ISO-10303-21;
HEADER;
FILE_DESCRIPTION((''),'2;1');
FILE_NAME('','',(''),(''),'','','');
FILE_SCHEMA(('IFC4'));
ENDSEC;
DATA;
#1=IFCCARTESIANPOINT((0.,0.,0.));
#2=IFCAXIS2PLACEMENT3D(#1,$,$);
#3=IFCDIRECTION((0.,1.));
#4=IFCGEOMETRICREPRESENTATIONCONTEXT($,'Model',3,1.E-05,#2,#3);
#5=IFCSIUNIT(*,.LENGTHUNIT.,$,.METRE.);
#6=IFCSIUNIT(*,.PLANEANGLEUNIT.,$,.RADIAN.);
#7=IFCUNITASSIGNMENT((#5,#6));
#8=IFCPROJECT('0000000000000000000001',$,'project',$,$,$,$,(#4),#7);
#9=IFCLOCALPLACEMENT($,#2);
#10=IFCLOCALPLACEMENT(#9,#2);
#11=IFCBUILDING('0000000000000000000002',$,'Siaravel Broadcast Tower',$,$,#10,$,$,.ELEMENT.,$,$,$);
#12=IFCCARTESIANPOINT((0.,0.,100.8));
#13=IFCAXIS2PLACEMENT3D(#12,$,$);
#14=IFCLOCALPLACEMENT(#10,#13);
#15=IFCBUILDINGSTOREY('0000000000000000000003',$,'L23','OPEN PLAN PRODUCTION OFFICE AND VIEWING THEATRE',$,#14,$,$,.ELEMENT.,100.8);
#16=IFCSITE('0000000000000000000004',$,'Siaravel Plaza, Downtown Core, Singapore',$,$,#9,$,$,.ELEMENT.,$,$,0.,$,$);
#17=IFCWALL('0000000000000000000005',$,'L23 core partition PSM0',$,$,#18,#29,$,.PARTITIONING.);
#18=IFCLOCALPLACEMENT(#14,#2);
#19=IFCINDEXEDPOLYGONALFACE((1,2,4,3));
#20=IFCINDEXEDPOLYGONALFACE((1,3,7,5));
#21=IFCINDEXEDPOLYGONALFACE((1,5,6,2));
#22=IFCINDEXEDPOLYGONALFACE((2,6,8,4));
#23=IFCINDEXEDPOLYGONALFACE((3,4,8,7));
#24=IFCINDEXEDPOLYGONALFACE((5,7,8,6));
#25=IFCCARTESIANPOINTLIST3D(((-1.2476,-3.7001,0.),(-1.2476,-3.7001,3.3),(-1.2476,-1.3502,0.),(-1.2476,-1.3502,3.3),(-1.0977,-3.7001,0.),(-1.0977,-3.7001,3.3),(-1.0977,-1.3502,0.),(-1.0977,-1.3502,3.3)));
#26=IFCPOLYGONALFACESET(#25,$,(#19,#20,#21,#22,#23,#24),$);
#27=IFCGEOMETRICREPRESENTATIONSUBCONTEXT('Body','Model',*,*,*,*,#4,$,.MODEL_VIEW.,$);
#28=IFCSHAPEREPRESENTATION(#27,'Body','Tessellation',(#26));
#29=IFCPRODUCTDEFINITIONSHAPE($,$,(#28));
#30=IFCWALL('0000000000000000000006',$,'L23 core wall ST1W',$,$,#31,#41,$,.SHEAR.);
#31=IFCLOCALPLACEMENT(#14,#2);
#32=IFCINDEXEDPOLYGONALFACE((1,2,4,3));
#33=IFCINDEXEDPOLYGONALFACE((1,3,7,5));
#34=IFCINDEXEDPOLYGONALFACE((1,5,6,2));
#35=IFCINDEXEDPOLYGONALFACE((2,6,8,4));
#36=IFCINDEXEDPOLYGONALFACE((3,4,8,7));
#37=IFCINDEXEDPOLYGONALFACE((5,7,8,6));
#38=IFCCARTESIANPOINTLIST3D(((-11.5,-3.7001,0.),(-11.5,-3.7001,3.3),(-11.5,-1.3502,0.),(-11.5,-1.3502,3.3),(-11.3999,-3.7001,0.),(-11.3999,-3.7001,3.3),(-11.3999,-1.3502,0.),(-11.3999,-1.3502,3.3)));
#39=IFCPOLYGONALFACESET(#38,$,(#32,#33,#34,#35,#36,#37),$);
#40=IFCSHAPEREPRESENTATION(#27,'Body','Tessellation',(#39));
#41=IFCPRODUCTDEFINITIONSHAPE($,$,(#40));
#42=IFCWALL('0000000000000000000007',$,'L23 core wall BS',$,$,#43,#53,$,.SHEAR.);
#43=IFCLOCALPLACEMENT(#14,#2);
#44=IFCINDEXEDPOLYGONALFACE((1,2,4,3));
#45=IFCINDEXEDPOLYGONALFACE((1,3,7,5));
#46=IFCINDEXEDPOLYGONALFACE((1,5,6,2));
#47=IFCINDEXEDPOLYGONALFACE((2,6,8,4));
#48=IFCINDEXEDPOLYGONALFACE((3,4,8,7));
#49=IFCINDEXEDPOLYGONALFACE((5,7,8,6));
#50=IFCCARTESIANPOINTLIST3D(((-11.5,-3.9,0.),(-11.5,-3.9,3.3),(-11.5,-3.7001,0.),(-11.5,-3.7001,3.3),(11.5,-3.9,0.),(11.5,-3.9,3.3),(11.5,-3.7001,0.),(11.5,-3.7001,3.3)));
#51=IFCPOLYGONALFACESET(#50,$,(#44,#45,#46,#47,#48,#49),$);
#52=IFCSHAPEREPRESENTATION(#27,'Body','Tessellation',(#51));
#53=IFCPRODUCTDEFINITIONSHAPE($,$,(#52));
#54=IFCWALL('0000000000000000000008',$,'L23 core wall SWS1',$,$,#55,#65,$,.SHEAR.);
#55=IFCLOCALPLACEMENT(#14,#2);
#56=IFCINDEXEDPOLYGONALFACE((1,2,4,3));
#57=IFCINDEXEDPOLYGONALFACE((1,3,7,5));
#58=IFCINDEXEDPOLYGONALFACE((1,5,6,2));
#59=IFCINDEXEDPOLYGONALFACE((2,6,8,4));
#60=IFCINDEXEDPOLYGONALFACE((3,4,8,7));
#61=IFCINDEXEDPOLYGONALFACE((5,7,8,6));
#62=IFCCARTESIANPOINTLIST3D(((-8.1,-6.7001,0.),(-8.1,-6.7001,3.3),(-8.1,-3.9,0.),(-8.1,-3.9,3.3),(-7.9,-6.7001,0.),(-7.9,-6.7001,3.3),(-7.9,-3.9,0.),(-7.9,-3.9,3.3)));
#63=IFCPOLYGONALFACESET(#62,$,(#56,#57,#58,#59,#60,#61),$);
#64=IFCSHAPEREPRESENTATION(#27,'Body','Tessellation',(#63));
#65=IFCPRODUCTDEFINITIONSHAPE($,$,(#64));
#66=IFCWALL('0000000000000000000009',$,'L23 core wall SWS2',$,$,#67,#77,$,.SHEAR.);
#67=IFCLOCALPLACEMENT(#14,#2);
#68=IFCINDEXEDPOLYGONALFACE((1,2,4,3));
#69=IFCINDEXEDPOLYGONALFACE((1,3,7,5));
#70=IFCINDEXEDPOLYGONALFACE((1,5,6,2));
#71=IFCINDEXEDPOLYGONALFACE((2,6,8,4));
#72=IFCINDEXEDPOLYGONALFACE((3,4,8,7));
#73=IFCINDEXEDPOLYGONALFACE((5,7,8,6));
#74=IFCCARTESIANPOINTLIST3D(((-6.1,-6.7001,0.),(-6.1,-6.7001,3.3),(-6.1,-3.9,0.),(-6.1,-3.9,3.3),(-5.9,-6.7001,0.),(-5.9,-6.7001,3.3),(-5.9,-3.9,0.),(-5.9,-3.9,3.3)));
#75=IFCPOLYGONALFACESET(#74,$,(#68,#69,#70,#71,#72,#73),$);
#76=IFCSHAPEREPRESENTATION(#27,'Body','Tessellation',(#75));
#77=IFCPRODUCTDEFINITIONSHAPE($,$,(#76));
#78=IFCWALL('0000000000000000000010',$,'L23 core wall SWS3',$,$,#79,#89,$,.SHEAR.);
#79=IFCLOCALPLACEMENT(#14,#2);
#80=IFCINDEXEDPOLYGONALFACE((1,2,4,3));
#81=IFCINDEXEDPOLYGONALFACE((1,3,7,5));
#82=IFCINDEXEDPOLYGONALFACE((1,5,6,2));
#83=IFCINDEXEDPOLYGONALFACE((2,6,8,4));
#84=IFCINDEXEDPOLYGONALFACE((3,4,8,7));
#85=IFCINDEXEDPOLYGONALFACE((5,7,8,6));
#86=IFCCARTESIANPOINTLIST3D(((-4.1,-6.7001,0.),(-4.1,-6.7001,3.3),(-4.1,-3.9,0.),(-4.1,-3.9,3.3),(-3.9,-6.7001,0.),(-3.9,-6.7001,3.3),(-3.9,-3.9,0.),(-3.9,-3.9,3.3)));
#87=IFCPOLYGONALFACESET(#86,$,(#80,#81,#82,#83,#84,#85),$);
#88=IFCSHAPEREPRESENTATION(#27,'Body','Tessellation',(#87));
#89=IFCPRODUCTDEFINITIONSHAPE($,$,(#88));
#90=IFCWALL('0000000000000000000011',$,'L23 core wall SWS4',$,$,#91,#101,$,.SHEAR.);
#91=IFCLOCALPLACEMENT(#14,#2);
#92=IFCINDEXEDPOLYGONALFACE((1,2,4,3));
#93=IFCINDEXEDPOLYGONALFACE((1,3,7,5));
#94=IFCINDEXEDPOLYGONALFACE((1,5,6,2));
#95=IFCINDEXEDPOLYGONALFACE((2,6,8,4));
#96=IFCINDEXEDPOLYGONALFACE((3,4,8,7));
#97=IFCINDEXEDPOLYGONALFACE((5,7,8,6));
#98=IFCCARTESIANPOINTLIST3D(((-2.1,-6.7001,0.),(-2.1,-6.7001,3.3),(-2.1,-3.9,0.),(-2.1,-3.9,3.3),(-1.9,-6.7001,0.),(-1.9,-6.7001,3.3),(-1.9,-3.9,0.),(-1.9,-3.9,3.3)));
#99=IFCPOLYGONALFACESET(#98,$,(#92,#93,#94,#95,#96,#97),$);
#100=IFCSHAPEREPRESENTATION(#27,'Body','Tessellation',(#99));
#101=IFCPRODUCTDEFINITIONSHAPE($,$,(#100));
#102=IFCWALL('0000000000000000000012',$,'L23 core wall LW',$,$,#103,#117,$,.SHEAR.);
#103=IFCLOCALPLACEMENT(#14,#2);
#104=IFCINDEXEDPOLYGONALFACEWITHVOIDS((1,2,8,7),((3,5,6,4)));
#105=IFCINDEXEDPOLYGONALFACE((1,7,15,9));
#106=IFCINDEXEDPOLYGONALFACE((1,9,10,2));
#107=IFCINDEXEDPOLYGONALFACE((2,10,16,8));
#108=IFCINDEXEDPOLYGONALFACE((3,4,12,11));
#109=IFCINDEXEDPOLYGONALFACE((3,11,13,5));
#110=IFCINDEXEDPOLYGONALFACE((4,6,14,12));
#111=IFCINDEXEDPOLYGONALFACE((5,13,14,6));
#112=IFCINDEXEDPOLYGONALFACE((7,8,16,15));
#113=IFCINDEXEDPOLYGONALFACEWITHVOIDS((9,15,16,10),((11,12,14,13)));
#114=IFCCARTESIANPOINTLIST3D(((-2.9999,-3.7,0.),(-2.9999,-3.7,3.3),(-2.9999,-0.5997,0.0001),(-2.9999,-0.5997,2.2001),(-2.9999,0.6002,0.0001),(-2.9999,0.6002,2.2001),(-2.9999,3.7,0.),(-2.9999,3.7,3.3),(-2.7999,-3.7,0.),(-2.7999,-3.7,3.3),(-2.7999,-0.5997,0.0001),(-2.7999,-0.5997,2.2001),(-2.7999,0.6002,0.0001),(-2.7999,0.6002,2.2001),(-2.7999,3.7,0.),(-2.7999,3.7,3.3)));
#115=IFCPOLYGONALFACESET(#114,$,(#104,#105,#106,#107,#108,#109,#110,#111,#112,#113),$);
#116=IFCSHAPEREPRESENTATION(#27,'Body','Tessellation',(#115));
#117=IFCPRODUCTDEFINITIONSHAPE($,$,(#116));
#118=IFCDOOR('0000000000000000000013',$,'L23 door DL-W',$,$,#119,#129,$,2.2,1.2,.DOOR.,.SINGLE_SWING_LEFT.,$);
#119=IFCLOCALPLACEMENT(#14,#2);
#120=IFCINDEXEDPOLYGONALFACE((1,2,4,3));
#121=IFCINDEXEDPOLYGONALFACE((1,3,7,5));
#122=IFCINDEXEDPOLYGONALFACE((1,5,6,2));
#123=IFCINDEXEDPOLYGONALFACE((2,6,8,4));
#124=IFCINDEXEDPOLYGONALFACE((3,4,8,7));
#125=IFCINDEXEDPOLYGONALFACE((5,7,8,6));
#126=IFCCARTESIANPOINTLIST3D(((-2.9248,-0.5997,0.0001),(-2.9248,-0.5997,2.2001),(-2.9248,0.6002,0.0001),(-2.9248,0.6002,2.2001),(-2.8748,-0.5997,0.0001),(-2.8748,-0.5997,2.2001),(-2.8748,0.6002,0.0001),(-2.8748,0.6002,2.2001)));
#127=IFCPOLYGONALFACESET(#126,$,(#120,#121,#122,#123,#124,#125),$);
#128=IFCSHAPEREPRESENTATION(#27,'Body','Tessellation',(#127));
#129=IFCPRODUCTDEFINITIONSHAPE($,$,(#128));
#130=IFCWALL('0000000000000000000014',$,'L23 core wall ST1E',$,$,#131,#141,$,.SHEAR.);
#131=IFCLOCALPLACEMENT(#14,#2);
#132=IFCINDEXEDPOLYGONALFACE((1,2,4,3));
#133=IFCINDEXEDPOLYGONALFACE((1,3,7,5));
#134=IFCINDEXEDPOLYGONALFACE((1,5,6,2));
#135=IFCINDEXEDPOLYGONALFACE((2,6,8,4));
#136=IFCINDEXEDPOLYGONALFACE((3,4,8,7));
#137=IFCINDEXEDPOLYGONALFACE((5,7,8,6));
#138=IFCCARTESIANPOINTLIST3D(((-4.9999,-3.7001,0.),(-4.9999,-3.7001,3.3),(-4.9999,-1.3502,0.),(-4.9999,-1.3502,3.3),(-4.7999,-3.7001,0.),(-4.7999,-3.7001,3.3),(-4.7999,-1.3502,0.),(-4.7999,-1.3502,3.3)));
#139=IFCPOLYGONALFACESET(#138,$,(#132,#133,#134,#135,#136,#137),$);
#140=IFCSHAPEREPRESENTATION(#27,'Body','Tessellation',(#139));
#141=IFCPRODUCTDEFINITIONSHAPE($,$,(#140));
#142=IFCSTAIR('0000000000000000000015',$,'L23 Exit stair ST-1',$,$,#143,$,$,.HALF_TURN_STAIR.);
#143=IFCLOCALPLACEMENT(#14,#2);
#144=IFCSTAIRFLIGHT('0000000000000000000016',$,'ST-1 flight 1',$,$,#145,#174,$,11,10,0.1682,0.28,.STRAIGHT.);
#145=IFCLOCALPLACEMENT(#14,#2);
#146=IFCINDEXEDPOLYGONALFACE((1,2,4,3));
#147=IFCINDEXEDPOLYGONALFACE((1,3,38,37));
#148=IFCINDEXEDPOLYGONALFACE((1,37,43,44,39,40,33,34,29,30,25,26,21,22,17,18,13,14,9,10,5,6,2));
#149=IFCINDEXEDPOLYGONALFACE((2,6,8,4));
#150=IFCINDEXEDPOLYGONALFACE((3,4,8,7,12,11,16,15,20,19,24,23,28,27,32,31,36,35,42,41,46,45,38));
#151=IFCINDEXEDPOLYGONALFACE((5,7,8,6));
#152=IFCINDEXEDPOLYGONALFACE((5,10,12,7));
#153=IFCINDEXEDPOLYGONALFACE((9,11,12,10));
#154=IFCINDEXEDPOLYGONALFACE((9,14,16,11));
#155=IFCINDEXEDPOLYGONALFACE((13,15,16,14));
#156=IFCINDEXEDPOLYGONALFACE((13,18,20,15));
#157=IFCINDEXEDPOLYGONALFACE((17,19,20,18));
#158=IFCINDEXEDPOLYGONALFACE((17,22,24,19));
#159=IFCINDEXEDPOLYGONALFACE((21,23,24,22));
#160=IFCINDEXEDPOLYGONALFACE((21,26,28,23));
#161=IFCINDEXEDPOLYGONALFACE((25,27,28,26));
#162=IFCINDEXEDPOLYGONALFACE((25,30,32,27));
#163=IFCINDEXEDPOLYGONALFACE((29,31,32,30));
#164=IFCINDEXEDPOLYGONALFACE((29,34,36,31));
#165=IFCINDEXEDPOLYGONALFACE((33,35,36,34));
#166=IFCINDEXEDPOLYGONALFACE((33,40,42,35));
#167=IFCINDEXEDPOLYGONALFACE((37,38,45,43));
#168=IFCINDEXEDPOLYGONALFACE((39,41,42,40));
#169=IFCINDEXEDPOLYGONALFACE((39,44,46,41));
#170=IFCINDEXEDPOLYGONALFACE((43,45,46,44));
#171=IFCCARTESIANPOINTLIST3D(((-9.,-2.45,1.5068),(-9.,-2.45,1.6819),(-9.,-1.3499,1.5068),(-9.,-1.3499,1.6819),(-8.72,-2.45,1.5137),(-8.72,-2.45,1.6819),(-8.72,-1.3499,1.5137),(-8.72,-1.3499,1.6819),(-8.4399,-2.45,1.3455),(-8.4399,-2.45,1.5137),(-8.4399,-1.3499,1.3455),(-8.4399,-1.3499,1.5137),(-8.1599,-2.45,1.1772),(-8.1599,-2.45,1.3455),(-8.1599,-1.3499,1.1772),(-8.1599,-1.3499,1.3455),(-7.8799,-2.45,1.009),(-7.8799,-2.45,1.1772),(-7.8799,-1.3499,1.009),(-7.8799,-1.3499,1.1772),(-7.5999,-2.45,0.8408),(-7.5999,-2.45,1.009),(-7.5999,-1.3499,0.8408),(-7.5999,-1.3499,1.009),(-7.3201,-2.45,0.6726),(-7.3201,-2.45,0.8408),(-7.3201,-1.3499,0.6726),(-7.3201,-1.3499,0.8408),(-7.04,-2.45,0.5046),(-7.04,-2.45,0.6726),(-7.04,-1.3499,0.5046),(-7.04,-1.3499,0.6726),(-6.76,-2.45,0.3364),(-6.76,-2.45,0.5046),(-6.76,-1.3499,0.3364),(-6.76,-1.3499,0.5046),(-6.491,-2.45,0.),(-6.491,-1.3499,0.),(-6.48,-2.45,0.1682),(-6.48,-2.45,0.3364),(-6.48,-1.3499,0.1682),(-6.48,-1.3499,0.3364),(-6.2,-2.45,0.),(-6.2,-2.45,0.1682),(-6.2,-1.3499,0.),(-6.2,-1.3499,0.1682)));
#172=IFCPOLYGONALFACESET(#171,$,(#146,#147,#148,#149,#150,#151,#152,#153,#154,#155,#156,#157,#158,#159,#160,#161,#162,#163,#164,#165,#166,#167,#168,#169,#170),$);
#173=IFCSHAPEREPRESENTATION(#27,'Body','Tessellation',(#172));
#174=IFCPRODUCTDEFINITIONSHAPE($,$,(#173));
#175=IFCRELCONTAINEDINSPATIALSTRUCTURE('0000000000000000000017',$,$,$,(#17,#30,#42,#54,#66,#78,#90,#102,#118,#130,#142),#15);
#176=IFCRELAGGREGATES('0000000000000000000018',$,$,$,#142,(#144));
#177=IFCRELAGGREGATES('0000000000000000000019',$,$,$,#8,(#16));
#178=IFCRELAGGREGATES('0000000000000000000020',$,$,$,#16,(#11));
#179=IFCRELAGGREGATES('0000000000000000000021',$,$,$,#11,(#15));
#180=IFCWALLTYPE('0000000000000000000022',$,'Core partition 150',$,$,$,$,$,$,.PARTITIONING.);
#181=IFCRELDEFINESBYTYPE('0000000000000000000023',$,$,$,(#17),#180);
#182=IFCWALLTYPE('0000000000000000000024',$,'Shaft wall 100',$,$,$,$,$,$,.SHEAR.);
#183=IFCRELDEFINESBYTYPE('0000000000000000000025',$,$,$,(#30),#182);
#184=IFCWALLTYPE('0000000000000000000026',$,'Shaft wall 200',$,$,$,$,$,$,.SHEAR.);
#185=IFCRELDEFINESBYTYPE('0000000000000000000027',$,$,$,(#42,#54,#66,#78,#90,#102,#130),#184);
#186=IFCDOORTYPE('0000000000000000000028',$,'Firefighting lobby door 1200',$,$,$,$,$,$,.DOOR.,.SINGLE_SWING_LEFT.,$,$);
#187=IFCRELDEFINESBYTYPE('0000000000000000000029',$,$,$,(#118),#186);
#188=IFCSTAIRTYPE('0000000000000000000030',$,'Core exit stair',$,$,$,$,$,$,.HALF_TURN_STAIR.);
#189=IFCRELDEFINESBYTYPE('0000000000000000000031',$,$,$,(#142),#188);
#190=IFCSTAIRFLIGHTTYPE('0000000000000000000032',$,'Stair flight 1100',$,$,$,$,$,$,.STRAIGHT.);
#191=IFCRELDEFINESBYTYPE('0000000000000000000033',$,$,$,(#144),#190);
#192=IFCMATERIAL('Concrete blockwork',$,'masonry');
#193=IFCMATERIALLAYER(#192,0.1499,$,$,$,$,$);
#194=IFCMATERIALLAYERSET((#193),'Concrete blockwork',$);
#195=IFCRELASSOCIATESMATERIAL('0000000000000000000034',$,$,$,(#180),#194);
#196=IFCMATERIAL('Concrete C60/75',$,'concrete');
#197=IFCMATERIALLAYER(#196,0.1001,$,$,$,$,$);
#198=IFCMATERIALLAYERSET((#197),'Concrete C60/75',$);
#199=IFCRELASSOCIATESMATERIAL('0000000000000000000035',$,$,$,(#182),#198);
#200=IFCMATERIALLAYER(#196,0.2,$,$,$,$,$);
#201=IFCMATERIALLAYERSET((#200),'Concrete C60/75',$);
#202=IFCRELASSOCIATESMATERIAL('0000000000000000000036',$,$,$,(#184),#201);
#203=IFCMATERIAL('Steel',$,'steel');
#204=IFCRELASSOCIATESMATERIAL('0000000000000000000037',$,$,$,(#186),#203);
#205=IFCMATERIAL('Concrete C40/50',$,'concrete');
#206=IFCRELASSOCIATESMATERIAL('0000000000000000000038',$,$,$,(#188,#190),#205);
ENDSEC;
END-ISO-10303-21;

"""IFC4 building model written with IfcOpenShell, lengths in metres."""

from ifc_helpers import new_model, si_unit, direction, frame, frame_2d, origin, place, context, subcontext, project, spatial, polyline, rectangle, outline, extrude, material, layer, layer_set, type_object, element, fill, aggregate, save


model = new_model("IFC4")

# Units and contexts
model_context = context("Model", 3, precision=1e-05, world=origin(), true_north=direction((0.0, 1.0)))
body_context = subcontext(model_context, "Body", "Model", "MODEL_VIEW")
ifc_project = project(units=[si_unit("LENGTHUNIT", "METRE"), si_unit("PLANEANGLEUNIT", "RADIAN")], contexts=[model_context])

# Site, building, storey
site_placement = place(None, origin())
site = spatial("IfcSite", under=ifc_project, at=site_placement, Name="Siaravel Plaza, Downtown Core, Singapore", CompositionType="ELEMENT", RefElevation=0.0)
building_placement = place(site_placement, origin())
building = spatial("IfcBuilding", under=site, at=building_placement, Name="Siaravel Broadcast Tower", CompositionType="ELEMENT")
storey_placement = place(building_placement, frame((0.0, 0.0, 100.8)))
storey = spatial("IfcBuildingStorey", under=building, at=storey_placement, Name="L23", Description="OPEN PLAN PRODUCTION OFFICE AND VIEWING THEATRE", CompositionType="ELEMENT", Elevation=100.8)

# Walls
ifc_material_1 = material(Name="Concrete blockwork", Category="masonry")
ifc_layer_1 = layer(ifc_material_1, 0.1499)
ifc_layer_set_1 = layer_set([ifc_layer_1], Name="Concrete blockwork")
wall_type_1 = type_object("IfcWallType", Name="Core partition 150", PredefinedType="PARTITIONING", material=ifc_layer_set_1)
wall_1_placement = place(storey_placement, frame((-1.1726, -3.7, 0.0), z_axis=(0.0, 0.0, 1.0), x_axis=(0.0, 1.0, 0.0)))
element("IfcWall", 1, at=wall_1_placement, inside=storey, type_object=wall_type_1, Name="L23 core partition PSM0", PredefinedType="PARTITIONING", context=body_context, shape_type="SweptSolid", body=[
    extrude(rectangle(XDim=2.3499, YDim=0.1499, at=frame_2d((1.1748, 0.0))), origin(), (0.0, 0.0, 1.0), 3.3),
])
ifc_material_2 = material(Name="Concrete C60/75", Category="concrete")
ifc_layer_2 = layer(ifc_material_2, 0.1001)
ifc_layer_set_2 = layer_set([ifc_layer_2], Name="Concrete C60/75")
wall_type_2 = type_object("IfcWallType", Name="Shaft wall 100", PredefinedType="SHEAR", material=ifc_layer_set_2)
wall_2_placement = place(storey_placement, frame((-11.45, -3.7, 0.0), z_axis=(0.0, 0.0, 1.0), x_axis=(0.0, 1.0, 0.0)))
element("IfcWall", 2, at=wall_2_placement, inside=storey, type_object=wall_type_2, Name="L23 core wall ST1W", PredefinedType="SHEAR", context=body_context, shape_type="SweptSolid", body=[
    extrude(rectangle(XDim=2.3499, YDim=0.1001, at=frame_2d((1.1748, 0.0))), origin(), (0.0, 0.0, 1.0), 3.3),
])
ifc_layer_3 = layer(ifc_material_2, 0.2)
ifc_layer_set_3 = layer_set([ifc_layer_3], Name="Concrete C60/75")
wall_type_3 = type_object("IfcWallType", Name="Shaft wall 200", PredefinedType="SHEAR", material=ifc_layer_set_3)
wall_3_placement = place(storey_placement, frame((-11.5, -3.8, 0.0), z_axis=(0.0, 0.0, 1.0), x_axis=(1.0, 0.0, 0.0)))
element("IfcWall", 3, at=wall_3_placement, inside=storey, type_object=wall_type_3, Name="L23 core wall BS", PredefinedType="SHEAR", context=body_context, shape_type="SweptSolid", body=[
    extrude(rectangle(XDim=23.0, YDim=0.2, at=frame_2d((11.5, 0.0))), origin(), (0.0, 0.0, 1.0), 3.3),
])
for number, where, z_axis, x_axis, name in (
    (4, (-8.0, -6.7, 0.0), (0.0, 0.0, 1.0), (0.0, 1.0, 0.0), "L23 core wall SWS1"),
    (5, (-6.0, -6.7, 0.0), (0.0, 0.0, 1.0), (0.0, 1.0, 0.0), "L23 core wall SWS2"),
    (6, (-4.0, -6.7, 0.0), (0.0, 0.0, 1.0), (0.0, 1.0, 0.0), "L23 core wall SWS3"),
    (7, (-2.0, -6.7, 0.0), (0.0, 0.0, 1.0), (0.0, 1.0, 0.0), "L23 core wall SWS4"),
):
    element("IfcWall", number, at=place(storey_placement, frame(where, z_axis=z_axis, x_axis=x_axis)), inside=storey, type_object=wall_type_3, Name=name, PredefinedType="SHEAR", context=body_context, shape_type="SweptSolid", body=[
        extrude(rectangle(XDim=2.8, YDim=0.2, at=frame_2d((1.3999, 0.0))), origin(), (0.0, 0.0, 1.0), 3.3),
    ])

# Wall, opening, door
wall_4_placement = place(storey_placement, frame((-2.8999, -3.7, 0.0), z_axis=(0.0, 0.0, 1.0), x_axis=(0.0, 1.0, 0.0)))
wall_4 = element("IfcWall", 8, at=wall_4_placement, inside=storey, type_object=wall_type_3, Name="L23 core wall LW", PredefinedType="SHEAR", context=body_context, shape_type="SweptSolid", body=[
    extrude(rectangle(XDim=7.3999, YDim=0.2, at=frame_2d((3.7, 0.0))), origin(), (0.0, 0.0, 1.0), 3.3),
])
opening_placement = place(wall_4_placement, frame((3.1001, 0.0, 0.0)))
opening = element("IfcOpeningElement", 9, at=opening_placement, cuts=wall_4, PredefinedType="OPENING", context=body_context, shape_type="SweptSolid", body=[
    extrude(rectangle(XDim=1.2, YDim=2.2, at=frame_2d((0.6001, 1.1001))), frame((0.0, 0.1099, 0.0), z_axis=(0.0, -1.0, 0.0), x_axis=(1.0, 0.0, 0.0)), (0.0, 0.0, 1.0), 0.22),
])
ifc_material_3 = material(Name="Steel", Category="steel")
door_type = type_object("IfcDoorType", Name="Firefighting lobby door 1200", OperationType="SINGLE_SWING_LEFT", PredefinedType="DOOR", material=ifc_material_3)
door_placement = place(opening_placement, origin())
door = element("IfcDoor", 10, at=door_placement, inside=storey, type_object=door_type, Name="L23 door DL-W", OperationType="SINGLE_SWING_LEFT", OverallHeight=2.2, OverallWidth=1.2, PredefinedType="DOOR", context=body_context, shape_type="SweptSolid", body=[
    extrude(rectangle(XDim=1.2, YDim=2.2, at=frame_2d((0.6001, 1.1001))), frame((0.0, 0.0249, 0.0), z_axis=(0.0, -1.0, 0.0), x_axis=(1.0, 0.0, 0.0)), (0.0, 0.0, 1.0), 0.05),
])
fill(opening, door)

# Wall
wall_5_placement = place(storey_placement, frame((-4.8999, -3.7, 0.0), z_axis=(0.0, 0.0, 1.0), x_axis=(0.0, 1.0, 0.0)))
element("IfcWall", 11, at=wall_5_placement, inside=storey, type_object=wall_type_3, Name="L23 core wall ST1E", PredefinedType="SHEAR", context=body_context, shape_type="SweptSolid", body=[
    extrude(rectangle(XDim=2.3499, YDim=0.2, at=frame_2d((1.1748, 0.0))), origin(), (0.0, 0.0, 1.0), 3.3),
])

# Stair, stair flight
ifc_material_4 = material(Name="Concrete C40/50", Category="concrete")
stair_type = type_object("IfcStairType", Name="Core exit stair", PredefinedType="HALF_TURN_STAIR", material=ifc_material_4)
stair_placement = place(storey_placement, origin())
stair = element("IfcStair", 12, at=stair_placement, inside=storey, type_object=stair_type, Name="L23 Exit stair ST-1", PredefinedType="HALF_TURN_STAIR")
stair_flight_type = type_object("IfcStairFlightType", Name="Stair flight 1100", PredefinedType="STRAIGHT", material=ifc_material_4)
stair_flight_1_placement = place(storey_placement, frame((-6.2, -1.8999, 0.0), z_axis=(0.0, 0.0, 1.0), x_axis=(-1.0, 0.0, 0.0)))
stair_flight_1 = element("IfcStairFlight", 13, at=stair_flight_1_placement, type_object=stair_flight_type, Name="ST-1 flight 1", NumberOfRisers=11, NumberOfTreads=10, PredefinedType="STRAIGHT", RiserHeight=0.1682, TreadLength=0.28, context=body_context, shape_type="SweptSolid", body=[
    extrude(outline(polyline([(0.0, 0.0), (0.0, 0.1682), (0.28, 0.1682), (0.28, 0.3364), (0.5601, 0.3364), (0.5601, 0.5046), (0.8401, 0.5046), (0.8401, 0.6726), (1.1201, 0.6726), (1.1201, 0.8408), (1.3999, 0.8408), (1.3999, 1.009), (1.6799, 1.009), (1.6799, 1.1772), (1.96, 1.1772), (1.96, 1.3455), (2.24, 1.3455), (2.24, 1.5137), (2.52, 1.5137), (2.52, 1.6819), (2.8, 1.6819), (2.8, 1.8501), (2.8, 1.5068), (0.291, 0.0), (0.0, 0.0)])), frame((0.0, 0.55, 0.0), z_axis=(0.0, -1.0, 0.0), x_axis=(1.0, 0.0, 0.0)), (0.0, 0.0, 1.0), 1.1001),
])
aggregate(stair, [stair_flight_1])

save(model, "model.ifc")
